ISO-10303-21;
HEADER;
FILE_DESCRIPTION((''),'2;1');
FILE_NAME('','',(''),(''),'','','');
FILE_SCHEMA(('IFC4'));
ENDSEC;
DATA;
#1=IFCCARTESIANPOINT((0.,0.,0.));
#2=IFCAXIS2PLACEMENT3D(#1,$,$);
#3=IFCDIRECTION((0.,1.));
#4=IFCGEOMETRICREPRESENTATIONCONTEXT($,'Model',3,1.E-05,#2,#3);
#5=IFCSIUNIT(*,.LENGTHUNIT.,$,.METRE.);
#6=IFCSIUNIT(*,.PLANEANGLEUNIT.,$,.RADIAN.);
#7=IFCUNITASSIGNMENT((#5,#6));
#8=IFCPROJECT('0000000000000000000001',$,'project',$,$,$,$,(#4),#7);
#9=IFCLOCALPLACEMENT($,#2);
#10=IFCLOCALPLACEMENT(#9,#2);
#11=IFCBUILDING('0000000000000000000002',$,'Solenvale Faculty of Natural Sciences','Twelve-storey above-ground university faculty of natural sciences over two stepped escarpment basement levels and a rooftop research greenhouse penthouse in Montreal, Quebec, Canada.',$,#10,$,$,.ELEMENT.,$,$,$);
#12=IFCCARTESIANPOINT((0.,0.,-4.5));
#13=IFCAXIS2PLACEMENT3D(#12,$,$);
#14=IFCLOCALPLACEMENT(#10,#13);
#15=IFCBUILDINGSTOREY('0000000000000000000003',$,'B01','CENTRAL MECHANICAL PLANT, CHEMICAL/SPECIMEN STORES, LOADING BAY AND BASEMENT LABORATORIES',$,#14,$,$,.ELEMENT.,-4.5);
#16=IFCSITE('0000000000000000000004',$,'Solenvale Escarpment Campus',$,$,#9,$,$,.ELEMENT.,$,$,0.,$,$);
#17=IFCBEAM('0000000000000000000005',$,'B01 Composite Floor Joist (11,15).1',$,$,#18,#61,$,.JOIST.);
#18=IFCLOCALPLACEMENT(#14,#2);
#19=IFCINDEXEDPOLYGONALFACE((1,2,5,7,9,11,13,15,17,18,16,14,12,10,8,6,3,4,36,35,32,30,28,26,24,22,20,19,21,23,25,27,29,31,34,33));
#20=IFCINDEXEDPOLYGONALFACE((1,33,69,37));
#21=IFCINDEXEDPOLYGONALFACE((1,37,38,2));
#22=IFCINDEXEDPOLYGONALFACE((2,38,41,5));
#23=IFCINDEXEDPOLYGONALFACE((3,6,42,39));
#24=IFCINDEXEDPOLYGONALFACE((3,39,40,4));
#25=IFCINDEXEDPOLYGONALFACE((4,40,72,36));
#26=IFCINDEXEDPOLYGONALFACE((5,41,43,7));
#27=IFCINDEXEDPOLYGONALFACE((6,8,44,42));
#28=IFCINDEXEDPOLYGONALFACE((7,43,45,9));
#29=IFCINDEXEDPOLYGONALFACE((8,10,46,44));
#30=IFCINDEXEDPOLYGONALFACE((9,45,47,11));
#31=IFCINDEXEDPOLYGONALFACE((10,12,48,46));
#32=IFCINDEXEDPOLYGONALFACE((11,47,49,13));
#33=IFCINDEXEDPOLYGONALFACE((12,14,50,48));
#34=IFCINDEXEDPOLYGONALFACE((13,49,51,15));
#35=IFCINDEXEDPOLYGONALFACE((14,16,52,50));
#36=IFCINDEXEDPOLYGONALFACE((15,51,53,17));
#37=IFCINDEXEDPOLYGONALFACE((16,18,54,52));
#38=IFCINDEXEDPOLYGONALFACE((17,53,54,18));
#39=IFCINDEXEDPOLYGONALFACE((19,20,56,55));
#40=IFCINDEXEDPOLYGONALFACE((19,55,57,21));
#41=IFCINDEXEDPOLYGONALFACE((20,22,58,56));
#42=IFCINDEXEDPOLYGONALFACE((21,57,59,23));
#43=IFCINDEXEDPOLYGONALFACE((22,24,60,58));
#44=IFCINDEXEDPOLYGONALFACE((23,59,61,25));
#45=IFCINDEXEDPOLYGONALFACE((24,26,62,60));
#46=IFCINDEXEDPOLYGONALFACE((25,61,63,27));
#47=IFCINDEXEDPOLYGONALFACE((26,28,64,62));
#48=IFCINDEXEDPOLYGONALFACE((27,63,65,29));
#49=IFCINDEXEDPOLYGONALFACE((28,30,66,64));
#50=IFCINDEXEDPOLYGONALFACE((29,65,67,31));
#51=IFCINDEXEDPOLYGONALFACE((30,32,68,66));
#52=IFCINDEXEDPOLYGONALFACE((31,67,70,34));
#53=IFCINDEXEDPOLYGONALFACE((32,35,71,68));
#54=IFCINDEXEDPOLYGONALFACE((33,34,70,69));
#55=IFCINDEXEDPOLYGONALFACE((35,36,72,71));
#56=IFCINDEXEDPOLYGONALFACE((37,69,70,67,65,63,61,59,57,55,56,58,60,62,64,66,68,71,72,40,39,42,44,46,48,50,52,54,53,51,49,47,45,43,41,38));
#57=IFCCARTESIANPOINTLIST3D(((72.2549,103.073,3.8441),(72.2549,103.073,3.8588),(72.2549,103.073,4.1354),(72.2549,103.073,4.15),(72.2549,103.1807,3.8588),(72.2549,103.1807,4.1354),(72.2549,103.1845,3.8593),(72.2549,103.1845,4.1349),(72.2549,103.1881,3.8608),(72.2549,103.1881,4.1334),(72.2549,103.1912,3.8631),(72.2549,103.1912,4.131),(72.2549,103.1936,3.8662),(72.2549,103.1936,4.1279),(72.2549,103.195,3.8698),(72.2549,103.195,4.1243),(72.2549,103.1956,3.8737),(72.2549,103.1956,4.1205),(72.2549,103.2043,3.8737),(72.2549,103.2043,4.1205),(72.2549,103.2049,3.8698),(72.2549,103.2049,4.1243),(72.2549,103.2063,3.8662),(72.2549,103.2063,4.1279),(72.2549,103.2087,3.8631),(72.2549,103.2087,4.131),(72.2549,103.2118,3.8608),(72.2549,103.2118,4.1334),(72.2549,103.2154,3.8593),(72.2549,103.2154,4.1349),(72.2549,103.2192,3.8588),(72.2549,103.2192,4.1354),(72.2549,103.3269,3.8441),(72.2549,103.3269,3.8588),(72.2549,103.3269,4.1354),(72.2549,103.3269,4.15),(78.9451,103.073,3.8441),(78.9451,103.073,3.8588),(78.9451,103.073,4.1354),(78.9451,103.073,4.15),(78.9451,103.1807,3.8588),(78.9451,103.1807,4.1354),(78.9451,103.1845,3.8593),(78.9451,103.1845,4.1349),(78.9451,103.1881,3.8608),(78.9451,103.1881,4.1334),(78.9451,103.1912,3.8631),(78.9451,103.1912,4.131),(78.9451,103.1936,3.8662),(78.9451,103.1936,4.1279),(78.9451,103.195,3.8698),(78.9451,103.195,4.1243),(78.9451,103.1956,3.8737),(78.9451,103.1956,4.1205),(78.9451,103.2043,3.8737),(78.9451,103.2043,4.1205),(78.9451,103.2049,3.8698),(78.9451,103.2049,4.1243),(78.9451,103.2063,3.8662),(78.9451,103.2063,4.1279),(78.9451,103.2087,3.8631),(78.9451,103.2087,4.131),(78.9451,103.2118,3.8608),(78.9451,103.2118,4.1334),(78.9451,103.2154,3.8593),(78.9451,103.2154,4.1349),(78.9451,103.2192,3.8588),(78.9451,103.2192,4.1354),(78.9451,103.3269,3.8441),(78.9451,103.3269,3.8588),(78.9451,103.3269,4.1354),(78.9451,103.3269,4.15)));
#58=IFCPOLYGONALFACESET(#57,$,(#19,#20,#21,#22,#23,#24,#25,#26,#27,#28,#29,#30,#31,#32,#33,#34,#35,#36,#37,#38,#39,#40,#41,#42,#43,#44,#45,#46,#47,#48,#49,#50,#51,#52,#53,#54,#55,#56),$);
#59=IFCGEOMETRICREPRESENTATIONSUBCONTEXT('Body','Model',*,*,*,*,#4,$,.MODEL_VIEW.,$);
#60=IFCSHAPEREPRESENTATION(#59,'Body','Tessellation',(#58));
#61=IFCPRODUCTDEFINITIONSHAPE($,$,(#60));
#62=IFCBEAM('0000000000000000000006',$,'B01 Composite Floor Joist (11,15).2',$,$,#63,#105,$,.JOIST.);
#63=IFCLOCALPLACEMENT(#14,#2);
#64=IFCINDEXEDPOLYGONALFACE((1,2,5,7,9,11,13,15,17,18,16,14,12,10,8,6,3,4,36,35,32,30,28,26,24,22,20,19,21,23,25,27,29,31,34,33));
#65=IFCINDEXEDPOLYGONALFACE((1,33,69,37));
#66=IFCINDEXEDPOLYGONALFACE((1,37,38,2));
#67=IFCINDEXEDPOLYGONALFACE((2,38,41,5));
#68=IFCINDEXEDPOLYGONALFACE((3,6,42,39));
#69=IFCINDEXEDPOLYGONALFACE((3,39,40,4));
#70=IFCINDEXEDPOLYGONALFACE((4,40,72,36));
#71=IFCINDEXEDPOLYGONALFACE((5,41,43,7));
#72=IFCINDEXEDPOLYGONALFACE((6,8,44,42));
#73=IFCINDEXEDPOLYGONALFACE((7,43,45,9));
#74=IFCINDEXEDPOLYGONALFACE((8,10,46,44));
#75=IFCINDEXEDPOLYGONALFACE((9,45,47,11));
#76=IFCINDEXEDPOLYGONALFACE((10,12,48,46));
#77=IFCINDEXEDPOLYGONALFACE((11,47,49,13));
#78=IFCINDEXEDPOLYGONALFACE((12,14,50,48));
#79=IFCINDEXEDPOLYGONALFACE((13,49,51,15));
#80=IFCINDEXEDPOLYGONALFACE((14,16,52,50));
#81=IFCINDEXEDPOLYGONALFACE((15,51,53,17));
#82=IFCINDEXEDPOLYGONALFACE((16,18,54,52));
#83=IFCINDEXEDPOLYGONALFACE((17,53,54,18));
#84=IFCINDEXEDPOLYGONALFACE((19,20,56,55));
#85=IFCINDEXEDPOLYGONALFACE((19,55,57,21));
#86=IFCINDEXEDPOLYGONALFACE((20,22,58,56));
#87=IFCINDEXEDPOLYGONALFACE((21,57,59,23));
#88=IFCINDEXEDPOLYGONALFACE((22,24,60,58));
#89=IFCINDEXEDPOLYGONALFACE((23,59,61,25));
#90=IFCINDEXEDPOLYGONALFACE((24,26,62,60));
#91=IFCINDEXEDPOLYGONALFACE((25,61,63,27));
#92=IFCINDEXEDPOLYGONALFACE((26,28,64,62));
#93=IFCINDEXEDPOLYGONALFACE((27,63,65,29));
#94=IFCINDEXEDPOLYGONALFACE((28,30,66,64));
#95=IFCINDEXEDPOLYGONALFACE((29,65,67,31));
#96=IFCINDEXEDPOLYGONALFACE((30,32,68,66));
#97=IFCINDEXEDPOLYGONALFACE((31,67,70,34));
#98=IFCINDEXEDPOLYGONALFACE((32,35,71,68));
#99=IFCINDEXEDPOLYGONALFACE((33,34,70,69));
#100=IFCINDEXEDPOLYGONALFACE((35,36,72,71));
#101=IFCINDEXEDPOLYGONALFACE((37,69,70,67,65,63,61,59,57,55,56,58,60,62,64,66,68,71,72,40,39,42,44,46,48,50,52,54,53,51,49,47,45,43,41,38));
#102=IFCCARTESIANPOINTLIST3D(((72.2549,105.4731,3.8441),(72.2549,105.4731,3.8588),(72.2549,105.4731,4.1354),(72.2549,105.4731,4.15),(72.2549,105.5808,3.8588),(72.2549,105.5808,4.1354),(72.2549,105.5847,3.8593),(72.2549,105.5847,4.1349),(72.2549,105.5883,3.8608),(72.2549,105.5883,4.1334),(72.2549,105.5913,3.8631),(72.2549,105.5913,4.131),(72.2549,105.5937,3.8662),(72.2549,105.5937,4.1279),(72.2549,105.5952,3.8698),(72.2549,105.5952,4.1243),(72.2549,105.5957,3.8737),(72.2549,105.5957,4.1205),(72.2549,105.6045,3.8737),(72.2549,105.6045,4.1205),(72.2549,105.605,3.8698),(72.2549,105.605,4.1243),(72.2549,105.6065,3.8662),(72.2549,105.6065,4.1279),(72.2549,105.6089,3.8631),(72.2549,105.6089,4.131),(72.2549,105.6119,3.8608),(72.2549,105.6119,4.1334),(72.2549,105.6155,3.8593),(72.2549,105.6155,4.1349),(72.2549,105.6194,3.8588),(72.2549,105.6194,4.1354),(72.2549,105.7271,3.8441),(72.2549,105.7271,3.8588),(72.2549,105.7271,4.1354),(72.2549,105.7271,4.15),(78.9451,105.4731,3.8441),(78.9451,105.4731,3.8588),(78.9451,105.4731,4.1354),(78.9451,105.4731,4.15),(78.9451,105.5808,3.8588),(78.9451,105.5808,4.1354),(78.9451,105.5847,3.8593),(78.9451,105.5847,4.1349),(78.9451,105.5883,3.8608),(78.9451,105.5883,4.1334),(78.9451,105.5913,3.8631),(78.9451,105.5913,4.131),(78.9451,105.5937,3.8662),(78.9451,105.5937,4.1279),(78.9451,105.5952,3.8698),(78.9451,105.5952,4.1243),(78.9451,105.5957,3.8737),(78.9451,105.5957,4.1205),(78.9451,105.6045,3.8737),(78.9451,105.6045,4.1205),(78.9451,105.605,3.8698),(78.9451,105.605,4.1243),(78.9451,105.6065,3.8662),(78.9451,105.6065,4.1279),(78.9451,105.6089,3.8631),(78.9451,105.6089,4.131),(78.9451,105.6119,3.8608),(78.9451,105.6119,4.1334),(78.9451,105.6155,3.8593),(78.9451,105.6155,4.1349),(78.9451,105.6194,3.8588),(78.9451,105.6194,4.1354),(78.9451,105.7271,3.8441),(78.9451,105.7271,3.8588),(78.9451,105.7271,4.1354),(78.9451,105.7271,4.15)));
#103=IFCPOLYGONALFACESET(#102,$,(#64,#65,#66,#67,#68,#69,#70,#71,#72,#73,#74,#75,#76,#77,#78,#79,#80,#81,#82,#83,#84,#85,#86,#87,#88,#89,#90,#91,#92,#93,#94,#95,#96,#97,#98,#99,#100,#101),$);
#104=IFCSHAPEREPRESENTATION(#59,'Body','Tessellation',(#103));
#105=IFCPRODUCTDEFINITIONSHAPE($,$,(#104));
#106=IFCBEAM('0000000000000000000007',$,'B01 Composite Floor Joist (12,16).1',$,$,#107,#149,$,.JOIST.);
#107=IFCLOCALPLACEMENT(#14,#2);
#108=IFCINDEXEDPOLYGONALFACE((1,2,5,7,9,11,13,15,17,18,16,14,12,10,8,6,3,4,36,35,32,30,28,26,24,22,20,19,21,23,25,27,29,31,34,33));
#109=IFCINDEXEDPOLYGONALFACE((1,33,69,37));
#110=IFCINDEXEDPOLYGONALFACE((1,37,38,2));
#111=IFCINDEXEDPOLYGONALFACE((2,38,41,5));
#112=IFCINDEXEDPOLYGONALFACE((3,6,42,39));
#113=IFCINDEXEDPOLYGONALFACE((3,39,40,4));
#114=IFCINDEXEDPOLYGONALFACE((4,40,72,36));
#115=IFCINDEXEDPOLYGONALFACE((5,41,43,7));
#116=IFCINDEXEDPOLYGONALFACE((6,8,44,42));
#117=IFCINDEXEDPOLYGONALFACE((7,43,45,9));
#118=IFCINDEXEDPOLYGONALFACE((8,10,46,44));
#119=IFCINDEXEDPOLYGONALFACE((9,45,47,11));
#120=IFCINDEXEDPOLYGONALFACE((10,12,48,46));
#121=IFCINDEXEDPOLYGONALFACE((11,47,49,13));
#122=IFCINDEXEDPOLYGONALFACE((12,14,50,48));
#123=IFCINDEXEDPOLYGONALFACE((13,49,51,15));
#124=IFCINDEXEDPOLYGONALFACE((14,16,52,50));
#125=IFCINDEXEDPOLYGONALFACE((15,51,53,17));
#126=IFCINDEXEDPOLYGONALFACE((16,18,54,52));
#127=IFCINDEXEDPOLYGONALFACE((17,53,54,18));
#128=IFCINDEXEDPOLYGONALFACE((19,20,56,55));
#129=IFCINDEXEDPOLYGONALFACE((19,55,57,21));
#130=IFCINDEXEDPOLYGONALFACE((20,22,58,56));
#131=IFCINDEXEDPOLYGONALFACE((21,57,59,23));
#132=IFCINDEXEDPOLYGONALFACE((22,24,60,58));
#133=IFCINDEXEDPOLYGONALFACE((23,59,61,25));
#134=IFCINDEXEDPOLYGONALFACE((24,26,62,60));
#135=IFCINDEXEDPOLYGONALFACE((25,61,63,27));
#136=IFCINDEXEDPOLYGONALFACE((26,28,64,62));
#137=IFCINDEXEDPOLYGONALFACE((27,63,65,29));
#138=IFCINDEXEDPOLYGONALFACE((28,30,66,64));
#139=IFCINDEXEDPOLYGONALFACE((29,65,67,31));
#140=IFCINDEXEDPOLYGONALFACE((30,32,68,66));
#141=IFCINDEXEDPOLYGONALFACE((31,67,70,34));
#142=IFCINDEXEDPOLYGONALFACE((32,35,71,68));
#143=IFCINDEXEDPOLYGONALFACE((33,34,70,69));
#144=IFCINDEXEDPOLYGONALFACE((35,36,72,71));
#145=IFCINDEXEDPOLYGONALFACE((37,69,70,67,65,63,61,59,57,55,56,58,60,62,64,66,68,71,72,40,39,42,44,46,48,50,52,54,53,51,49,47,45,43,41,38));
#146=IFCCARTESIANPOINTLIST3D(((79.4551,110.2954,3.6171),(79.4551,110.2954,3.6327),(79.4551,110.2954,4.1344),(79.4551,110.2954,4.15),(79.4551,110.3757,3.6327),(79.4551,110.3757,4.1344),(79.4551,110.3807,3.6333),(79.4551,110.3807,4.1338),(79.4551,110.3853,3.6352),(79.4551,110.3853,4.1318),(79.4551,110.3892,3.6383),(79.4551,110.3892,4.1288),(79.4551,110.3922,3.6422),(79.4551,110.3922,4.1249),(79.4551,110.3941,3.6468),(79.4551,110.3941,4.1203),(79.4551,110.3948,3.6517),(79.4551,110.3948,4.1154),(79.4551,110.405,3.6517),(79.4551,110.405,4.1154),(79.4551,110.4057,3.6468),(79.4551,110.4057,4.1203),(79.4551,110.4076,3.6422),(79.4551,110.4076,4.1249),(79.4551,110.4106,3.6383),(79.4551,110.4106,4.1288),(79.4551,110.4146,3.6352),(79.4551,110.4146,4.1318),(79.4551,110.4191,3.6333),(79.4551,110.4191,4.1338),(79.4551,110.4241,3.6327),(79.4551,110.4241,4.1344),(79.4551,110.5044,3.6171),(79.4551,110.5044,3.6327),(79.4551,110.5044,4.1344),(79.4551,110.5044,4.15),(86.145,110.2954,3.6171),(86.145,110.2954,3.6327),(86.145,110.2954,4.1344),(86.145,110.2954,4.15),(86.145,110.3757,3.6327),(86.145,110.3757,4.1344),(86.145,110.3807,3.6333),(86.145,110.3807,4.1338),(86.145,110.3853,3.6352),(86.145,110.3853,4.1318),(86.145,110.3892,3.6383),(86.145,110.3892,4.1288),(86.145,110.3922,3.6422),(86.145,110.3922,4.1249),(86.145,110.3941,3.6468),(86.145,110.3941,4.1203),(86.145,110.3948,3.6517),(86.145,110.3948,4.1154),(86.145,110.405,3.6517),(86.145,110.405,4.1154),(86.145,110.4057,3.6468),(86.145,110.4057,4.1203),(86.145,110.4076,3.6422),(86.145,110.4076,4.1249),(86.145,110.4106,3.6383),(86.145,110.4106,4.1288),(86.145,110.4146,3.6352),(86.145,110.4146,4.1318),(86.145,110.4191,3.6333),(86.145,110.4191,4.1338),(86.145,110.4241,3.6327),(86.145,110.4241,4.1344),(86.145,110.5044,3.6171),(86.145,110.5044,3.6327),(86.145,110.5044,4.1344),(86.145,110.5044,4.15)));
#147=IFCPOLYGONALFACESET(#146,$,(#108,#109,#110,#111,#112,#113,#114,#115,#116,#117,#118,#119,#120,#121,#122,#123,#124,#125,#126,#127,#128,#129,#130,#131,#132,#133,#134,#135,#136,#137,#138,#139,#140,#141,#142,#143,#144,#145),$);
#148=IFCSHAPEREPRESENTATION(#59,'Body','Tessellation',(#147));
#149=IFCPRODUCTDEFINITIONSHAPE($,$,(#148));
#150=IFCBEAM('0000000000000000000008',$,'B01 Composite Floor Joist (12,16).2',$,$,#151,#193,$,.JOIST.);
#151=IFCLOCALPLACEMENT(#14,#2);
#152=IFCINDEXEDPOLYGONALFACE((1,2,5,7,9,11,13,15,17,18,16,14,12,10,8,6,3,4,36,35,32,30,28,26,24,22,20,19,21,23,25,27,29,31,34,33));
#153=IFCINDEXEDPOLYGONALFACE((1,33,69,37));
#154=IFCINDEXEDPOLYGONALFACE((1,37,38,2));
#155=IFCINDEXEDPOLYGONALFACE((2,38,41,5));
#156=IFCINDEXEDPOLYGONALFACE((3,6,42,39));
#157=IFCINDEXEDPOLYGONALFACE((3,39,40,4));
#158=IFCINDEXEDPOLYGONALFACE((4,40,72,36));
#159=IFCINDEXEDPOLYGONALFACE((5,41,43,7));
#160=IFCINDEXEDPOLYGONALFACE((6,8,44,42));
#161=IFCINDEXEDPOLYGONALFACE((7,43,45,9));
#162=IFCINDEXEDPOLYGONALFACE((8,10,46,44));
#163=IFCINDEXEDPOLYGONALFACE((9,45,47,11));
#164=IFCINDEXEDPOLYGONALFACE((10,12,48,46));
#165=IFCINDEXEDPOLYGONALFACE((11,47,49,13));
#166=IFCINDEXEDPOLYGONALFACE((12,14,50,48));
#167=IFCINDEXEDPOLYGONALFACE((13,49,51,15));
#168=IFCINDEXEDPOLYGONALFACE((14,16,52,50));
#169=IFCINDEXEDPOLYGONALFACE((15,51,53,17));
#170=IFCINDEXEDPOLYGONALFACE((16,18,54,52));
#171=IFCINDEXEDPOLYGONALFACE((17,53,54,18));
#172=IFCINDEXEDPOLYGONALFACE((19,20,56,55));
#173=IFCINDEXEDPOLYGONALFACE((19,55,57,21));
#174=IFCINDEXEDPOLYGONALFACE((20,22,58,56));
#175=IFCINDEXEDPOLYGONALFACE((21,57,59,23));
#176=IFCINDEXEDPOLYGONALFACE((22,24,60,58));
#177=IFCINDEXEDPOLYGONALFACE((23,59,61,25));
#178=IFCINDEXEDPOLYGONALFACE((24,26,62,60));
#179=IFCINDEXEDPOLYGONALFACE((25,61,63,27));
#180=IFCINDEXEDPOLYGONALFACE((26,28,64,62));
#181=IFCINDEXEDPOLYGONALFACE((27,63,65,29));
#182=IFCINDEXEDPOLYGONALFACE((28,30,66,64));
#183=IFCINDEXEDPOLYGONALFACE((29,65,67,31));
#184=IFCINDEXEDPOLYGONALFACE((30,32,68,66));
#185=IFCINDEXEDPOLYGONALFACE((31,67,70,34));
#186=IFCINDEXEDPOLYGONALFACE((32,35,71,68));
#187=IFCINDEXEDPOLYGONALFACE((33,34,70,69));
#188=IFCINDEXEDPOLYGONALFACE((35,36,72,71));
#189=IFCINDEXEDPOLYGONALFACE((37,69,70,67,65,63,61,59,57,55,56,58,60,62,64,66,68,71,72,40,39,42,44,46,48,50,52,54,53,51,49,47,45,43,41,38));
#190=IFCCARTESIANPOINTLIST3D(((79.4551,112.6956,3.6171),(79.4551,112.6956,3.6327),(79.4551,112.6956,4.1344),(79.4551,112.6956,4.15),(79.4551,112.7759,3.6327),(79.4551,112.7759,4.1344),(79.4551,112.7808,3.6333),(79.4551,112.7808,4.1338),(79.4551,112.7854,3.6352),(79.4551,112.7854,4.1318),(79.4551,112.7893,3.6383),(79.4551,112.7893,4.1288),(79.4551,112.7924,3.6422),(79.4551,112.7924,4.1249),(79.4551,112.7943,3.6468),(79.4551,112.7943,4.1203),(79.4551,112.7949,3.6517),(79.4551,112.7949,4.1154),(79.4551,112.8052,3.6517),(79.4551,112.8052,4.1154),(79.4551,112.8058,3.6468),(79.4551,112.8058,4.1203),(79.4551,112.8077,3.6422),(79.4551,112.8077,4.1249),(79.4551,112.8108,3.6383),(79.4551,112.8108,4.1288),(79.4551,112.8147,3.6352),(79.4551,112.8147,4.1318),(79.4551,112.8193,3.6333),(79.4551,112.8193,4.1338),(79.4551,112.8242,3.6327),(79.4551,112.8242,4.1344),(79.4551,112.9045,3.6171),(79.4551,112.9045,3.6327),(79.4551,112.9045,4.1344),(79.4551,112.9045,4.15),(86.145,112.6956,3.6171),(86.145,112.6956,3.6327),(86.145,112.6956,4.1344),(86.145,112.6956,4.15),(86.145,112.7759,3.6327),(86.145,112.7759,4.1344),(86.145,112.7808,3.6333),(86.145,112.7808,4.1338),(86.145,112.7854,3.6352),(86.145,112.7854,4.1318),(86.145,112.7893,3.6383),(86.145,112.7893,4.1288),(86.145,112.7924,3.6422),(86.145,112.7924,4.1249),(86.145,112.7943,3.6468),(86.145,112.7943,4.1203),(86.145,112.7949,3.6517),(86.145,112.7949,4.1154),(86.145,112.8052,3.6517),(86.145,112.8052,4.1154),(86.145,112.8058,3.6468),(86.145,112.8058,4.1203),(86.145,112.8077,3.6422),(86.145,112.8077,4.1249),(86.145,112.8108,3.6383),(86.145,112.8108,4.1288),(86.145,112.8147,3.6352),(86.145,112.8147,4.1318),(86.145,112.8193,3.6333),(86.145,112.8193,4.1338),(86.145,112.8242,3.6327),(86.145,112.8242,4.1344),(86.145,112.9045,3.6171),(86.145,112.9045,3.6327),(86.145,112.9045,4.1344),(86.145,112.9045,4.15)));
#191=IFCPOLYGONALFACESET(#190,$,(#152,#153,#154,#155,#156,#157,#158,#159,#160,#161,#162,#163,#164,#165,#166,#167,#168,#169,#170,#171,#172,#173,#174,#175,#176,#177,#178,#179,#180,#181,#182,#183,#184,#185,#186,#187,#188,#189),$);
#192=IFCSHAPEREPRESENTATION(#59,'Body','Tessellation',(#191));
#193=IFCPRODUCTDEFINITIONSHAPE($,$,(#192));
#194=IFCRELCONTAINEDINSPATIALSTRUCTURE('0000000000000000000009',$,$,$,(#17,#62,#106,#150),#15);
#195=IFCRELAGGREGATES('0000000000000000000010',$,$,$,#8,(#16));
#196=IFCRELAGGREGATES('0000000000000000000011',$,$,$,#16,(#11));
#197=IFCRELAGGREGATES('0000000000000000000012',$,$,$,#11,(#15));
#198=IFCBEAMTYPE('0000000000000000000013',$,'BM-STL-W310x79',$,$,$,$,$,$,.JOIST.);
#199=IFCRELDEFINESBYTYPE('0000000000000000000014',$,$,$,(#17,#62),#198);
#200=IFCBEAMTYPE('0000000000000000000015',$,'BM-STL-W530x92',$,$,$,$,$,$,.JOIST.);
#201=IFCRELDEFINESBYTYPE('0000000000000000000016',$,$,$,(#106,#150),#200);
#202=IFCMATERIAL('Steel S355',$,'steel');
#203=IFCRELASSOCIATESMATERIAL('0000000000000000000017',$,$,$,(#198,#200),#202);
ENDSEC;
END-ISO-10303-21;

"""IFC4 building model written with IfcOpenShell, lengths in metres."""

from ifc_helpers import new_model, si_unit, direction, frame, origin, origin_2d, place, context, subcontext, project, spatial, i_section, extrude, material, material_profile, profile_set, type_object, element, save


model = new_model("IFC4")

# Units and contexts
model_context = context("Model", 3, precision=1e-05, world=origin(), true_north=direction((0.0, 1.0)))
body_context = subcontext(model_context, "Body", "Model", "MODEL_VIEW")
ifc_project = project(units=[si_unit("LENGTHUNIT", "METRE"), si_unit("PLANEANGLEUNIT", "RADIAN")], contexts=[model_context])

# Site, building, storey
site_placement = place(None, origin())
site = spatial("IfcSite", under=ifc_project, at=site_placement, Name="Solenvale Escarpment Campus", CompositionType="ELEMENT", RefElevation=0.0)
building_placement = place(site_placement, origin())
building = spatial("IfcBuilding", under=site, at=building_placement, Name="Solenvale Faculty of Natural Sciences", Description="Twelve-storey above-ground university faculty of natural sciences over two stepped escarpment basement levels and a rooftop research greenhouse penthouse in Montreal, Quebec, Canada.", CompositionType="ELEMENT")
storey_placement = place(building_placement, frame((0.0, 0.0, -4.5)))
storey = spatial("IfcBuildingStorey", under=building, at=storey_placement, Name="B01", Description="CENTRAL MECHANICAL PLANT, CHEMICAL/SPECIMEN STORES, LOADING BAY AND BASEMENT LABORATORIES", CompositionType="ELEMENT", Elevation=-4.5)

# Beams
ifc_material_1 = material(Name="Steel S355", Category="steel")
ifc_material_profile_1 = material_profile(ifc_material_1, i_section(OverallWidth=0.2539, OverallDepth=0.3059, WebThickness=0.0088, FlangeThickness=0.0146, FilletRadius=0.0149, at=origin_2d()), Name="W310x79")
ifc_profile_set_1 = profile_set([ifc_material_profile_1], Name="Steel S355")
beam_type_1 = type_object("IfcBeamType", Name="BM-STL-W310x79", PredefinedType="JOIST", material=ifc_profile_set_1)
for number, where, z_axis, x_axis, name in (
    (1, (72.2549, 103.2, 3.9971), (1.0, 0.0, 0.0), (0.0, 1.0, 0.0), "B01 Composite Floor Joist (11,15).1"),
    (2, (72.2549, 105.6001, 3.9971), (1.0, 0.0, 0.0), (0.0, 1.0, 0.0), "B01 Composite Floor Joist (11,15).2"),
):
    element("IfcBeam", number, at=place(storey_placement, frame(where, z_axis=z_axis, x_axis=x_axis)), inside=storey, type_object=beam_type_1, Name=name, PredefinedType="JOIST", context=body_context, shape_type="SweptSolid", body=[
        extrude(i_section(OverallWidth=0.2539, OverallDepth=0.3059, WebThickness=0.0088, FlangeThickness=0.0146, FilletRadius=0.0149, at=origin_2d()), origin(), (0.0, 0.0, 1.0), 6.6902),
    ])
ifc_material_profile_2 = material_profile(ifc_material_1, i_section(OverallWidth=0.209, OverallDepth=0.533, WebThickness=0.0103, FlangeThickness=0.0156, FilletRadius=0.019, at=origin_2d()), Name="W530x92")
ifc_profile_set_2 = profile_set([ifc_material_profile_2], Name="Steel S355")
beam_type_2 = type_object("IfcBeamType", Name="BM-STL-W530x92", PredefinedType="JOIST", material=ifc_profile_set_2)
for number, where, z_axis, x_axis, name in (
    (3, (79.4551, 110.3999, 3.8835), (1.0, 0.0, 0.0), (0.0, 1.0, 0.0), "B01 Composite Floor Joist (12,16).1"),
    (4, (79.4551, 112.8, 3.8835), (1.0, 0.0, 0.0), (0.0, 1.0, 0.0), "B01 Composite Floor Joist (12,16).2"),
):
    element("IfcBeam", number, at=place(storey_placement, frame(where, z_axis=z_axis, x_axis=x_axis)), inside=storey, type_object=beam_type_2, Name=name, PredefinedType="JOIST", context=body_context, shape_type="SweptSolid", body=[
        extrude(i_section(OverallWidth=0.209, OverallDepth=0.533, WebThickness=0.0103, FlangeThickness=0.0156, FilletRadius=0.019, at=origin_2d()), origin(), (0.0, 0.0, 1.0), 6.6899),
    ])

save(model, "model.ifc")
